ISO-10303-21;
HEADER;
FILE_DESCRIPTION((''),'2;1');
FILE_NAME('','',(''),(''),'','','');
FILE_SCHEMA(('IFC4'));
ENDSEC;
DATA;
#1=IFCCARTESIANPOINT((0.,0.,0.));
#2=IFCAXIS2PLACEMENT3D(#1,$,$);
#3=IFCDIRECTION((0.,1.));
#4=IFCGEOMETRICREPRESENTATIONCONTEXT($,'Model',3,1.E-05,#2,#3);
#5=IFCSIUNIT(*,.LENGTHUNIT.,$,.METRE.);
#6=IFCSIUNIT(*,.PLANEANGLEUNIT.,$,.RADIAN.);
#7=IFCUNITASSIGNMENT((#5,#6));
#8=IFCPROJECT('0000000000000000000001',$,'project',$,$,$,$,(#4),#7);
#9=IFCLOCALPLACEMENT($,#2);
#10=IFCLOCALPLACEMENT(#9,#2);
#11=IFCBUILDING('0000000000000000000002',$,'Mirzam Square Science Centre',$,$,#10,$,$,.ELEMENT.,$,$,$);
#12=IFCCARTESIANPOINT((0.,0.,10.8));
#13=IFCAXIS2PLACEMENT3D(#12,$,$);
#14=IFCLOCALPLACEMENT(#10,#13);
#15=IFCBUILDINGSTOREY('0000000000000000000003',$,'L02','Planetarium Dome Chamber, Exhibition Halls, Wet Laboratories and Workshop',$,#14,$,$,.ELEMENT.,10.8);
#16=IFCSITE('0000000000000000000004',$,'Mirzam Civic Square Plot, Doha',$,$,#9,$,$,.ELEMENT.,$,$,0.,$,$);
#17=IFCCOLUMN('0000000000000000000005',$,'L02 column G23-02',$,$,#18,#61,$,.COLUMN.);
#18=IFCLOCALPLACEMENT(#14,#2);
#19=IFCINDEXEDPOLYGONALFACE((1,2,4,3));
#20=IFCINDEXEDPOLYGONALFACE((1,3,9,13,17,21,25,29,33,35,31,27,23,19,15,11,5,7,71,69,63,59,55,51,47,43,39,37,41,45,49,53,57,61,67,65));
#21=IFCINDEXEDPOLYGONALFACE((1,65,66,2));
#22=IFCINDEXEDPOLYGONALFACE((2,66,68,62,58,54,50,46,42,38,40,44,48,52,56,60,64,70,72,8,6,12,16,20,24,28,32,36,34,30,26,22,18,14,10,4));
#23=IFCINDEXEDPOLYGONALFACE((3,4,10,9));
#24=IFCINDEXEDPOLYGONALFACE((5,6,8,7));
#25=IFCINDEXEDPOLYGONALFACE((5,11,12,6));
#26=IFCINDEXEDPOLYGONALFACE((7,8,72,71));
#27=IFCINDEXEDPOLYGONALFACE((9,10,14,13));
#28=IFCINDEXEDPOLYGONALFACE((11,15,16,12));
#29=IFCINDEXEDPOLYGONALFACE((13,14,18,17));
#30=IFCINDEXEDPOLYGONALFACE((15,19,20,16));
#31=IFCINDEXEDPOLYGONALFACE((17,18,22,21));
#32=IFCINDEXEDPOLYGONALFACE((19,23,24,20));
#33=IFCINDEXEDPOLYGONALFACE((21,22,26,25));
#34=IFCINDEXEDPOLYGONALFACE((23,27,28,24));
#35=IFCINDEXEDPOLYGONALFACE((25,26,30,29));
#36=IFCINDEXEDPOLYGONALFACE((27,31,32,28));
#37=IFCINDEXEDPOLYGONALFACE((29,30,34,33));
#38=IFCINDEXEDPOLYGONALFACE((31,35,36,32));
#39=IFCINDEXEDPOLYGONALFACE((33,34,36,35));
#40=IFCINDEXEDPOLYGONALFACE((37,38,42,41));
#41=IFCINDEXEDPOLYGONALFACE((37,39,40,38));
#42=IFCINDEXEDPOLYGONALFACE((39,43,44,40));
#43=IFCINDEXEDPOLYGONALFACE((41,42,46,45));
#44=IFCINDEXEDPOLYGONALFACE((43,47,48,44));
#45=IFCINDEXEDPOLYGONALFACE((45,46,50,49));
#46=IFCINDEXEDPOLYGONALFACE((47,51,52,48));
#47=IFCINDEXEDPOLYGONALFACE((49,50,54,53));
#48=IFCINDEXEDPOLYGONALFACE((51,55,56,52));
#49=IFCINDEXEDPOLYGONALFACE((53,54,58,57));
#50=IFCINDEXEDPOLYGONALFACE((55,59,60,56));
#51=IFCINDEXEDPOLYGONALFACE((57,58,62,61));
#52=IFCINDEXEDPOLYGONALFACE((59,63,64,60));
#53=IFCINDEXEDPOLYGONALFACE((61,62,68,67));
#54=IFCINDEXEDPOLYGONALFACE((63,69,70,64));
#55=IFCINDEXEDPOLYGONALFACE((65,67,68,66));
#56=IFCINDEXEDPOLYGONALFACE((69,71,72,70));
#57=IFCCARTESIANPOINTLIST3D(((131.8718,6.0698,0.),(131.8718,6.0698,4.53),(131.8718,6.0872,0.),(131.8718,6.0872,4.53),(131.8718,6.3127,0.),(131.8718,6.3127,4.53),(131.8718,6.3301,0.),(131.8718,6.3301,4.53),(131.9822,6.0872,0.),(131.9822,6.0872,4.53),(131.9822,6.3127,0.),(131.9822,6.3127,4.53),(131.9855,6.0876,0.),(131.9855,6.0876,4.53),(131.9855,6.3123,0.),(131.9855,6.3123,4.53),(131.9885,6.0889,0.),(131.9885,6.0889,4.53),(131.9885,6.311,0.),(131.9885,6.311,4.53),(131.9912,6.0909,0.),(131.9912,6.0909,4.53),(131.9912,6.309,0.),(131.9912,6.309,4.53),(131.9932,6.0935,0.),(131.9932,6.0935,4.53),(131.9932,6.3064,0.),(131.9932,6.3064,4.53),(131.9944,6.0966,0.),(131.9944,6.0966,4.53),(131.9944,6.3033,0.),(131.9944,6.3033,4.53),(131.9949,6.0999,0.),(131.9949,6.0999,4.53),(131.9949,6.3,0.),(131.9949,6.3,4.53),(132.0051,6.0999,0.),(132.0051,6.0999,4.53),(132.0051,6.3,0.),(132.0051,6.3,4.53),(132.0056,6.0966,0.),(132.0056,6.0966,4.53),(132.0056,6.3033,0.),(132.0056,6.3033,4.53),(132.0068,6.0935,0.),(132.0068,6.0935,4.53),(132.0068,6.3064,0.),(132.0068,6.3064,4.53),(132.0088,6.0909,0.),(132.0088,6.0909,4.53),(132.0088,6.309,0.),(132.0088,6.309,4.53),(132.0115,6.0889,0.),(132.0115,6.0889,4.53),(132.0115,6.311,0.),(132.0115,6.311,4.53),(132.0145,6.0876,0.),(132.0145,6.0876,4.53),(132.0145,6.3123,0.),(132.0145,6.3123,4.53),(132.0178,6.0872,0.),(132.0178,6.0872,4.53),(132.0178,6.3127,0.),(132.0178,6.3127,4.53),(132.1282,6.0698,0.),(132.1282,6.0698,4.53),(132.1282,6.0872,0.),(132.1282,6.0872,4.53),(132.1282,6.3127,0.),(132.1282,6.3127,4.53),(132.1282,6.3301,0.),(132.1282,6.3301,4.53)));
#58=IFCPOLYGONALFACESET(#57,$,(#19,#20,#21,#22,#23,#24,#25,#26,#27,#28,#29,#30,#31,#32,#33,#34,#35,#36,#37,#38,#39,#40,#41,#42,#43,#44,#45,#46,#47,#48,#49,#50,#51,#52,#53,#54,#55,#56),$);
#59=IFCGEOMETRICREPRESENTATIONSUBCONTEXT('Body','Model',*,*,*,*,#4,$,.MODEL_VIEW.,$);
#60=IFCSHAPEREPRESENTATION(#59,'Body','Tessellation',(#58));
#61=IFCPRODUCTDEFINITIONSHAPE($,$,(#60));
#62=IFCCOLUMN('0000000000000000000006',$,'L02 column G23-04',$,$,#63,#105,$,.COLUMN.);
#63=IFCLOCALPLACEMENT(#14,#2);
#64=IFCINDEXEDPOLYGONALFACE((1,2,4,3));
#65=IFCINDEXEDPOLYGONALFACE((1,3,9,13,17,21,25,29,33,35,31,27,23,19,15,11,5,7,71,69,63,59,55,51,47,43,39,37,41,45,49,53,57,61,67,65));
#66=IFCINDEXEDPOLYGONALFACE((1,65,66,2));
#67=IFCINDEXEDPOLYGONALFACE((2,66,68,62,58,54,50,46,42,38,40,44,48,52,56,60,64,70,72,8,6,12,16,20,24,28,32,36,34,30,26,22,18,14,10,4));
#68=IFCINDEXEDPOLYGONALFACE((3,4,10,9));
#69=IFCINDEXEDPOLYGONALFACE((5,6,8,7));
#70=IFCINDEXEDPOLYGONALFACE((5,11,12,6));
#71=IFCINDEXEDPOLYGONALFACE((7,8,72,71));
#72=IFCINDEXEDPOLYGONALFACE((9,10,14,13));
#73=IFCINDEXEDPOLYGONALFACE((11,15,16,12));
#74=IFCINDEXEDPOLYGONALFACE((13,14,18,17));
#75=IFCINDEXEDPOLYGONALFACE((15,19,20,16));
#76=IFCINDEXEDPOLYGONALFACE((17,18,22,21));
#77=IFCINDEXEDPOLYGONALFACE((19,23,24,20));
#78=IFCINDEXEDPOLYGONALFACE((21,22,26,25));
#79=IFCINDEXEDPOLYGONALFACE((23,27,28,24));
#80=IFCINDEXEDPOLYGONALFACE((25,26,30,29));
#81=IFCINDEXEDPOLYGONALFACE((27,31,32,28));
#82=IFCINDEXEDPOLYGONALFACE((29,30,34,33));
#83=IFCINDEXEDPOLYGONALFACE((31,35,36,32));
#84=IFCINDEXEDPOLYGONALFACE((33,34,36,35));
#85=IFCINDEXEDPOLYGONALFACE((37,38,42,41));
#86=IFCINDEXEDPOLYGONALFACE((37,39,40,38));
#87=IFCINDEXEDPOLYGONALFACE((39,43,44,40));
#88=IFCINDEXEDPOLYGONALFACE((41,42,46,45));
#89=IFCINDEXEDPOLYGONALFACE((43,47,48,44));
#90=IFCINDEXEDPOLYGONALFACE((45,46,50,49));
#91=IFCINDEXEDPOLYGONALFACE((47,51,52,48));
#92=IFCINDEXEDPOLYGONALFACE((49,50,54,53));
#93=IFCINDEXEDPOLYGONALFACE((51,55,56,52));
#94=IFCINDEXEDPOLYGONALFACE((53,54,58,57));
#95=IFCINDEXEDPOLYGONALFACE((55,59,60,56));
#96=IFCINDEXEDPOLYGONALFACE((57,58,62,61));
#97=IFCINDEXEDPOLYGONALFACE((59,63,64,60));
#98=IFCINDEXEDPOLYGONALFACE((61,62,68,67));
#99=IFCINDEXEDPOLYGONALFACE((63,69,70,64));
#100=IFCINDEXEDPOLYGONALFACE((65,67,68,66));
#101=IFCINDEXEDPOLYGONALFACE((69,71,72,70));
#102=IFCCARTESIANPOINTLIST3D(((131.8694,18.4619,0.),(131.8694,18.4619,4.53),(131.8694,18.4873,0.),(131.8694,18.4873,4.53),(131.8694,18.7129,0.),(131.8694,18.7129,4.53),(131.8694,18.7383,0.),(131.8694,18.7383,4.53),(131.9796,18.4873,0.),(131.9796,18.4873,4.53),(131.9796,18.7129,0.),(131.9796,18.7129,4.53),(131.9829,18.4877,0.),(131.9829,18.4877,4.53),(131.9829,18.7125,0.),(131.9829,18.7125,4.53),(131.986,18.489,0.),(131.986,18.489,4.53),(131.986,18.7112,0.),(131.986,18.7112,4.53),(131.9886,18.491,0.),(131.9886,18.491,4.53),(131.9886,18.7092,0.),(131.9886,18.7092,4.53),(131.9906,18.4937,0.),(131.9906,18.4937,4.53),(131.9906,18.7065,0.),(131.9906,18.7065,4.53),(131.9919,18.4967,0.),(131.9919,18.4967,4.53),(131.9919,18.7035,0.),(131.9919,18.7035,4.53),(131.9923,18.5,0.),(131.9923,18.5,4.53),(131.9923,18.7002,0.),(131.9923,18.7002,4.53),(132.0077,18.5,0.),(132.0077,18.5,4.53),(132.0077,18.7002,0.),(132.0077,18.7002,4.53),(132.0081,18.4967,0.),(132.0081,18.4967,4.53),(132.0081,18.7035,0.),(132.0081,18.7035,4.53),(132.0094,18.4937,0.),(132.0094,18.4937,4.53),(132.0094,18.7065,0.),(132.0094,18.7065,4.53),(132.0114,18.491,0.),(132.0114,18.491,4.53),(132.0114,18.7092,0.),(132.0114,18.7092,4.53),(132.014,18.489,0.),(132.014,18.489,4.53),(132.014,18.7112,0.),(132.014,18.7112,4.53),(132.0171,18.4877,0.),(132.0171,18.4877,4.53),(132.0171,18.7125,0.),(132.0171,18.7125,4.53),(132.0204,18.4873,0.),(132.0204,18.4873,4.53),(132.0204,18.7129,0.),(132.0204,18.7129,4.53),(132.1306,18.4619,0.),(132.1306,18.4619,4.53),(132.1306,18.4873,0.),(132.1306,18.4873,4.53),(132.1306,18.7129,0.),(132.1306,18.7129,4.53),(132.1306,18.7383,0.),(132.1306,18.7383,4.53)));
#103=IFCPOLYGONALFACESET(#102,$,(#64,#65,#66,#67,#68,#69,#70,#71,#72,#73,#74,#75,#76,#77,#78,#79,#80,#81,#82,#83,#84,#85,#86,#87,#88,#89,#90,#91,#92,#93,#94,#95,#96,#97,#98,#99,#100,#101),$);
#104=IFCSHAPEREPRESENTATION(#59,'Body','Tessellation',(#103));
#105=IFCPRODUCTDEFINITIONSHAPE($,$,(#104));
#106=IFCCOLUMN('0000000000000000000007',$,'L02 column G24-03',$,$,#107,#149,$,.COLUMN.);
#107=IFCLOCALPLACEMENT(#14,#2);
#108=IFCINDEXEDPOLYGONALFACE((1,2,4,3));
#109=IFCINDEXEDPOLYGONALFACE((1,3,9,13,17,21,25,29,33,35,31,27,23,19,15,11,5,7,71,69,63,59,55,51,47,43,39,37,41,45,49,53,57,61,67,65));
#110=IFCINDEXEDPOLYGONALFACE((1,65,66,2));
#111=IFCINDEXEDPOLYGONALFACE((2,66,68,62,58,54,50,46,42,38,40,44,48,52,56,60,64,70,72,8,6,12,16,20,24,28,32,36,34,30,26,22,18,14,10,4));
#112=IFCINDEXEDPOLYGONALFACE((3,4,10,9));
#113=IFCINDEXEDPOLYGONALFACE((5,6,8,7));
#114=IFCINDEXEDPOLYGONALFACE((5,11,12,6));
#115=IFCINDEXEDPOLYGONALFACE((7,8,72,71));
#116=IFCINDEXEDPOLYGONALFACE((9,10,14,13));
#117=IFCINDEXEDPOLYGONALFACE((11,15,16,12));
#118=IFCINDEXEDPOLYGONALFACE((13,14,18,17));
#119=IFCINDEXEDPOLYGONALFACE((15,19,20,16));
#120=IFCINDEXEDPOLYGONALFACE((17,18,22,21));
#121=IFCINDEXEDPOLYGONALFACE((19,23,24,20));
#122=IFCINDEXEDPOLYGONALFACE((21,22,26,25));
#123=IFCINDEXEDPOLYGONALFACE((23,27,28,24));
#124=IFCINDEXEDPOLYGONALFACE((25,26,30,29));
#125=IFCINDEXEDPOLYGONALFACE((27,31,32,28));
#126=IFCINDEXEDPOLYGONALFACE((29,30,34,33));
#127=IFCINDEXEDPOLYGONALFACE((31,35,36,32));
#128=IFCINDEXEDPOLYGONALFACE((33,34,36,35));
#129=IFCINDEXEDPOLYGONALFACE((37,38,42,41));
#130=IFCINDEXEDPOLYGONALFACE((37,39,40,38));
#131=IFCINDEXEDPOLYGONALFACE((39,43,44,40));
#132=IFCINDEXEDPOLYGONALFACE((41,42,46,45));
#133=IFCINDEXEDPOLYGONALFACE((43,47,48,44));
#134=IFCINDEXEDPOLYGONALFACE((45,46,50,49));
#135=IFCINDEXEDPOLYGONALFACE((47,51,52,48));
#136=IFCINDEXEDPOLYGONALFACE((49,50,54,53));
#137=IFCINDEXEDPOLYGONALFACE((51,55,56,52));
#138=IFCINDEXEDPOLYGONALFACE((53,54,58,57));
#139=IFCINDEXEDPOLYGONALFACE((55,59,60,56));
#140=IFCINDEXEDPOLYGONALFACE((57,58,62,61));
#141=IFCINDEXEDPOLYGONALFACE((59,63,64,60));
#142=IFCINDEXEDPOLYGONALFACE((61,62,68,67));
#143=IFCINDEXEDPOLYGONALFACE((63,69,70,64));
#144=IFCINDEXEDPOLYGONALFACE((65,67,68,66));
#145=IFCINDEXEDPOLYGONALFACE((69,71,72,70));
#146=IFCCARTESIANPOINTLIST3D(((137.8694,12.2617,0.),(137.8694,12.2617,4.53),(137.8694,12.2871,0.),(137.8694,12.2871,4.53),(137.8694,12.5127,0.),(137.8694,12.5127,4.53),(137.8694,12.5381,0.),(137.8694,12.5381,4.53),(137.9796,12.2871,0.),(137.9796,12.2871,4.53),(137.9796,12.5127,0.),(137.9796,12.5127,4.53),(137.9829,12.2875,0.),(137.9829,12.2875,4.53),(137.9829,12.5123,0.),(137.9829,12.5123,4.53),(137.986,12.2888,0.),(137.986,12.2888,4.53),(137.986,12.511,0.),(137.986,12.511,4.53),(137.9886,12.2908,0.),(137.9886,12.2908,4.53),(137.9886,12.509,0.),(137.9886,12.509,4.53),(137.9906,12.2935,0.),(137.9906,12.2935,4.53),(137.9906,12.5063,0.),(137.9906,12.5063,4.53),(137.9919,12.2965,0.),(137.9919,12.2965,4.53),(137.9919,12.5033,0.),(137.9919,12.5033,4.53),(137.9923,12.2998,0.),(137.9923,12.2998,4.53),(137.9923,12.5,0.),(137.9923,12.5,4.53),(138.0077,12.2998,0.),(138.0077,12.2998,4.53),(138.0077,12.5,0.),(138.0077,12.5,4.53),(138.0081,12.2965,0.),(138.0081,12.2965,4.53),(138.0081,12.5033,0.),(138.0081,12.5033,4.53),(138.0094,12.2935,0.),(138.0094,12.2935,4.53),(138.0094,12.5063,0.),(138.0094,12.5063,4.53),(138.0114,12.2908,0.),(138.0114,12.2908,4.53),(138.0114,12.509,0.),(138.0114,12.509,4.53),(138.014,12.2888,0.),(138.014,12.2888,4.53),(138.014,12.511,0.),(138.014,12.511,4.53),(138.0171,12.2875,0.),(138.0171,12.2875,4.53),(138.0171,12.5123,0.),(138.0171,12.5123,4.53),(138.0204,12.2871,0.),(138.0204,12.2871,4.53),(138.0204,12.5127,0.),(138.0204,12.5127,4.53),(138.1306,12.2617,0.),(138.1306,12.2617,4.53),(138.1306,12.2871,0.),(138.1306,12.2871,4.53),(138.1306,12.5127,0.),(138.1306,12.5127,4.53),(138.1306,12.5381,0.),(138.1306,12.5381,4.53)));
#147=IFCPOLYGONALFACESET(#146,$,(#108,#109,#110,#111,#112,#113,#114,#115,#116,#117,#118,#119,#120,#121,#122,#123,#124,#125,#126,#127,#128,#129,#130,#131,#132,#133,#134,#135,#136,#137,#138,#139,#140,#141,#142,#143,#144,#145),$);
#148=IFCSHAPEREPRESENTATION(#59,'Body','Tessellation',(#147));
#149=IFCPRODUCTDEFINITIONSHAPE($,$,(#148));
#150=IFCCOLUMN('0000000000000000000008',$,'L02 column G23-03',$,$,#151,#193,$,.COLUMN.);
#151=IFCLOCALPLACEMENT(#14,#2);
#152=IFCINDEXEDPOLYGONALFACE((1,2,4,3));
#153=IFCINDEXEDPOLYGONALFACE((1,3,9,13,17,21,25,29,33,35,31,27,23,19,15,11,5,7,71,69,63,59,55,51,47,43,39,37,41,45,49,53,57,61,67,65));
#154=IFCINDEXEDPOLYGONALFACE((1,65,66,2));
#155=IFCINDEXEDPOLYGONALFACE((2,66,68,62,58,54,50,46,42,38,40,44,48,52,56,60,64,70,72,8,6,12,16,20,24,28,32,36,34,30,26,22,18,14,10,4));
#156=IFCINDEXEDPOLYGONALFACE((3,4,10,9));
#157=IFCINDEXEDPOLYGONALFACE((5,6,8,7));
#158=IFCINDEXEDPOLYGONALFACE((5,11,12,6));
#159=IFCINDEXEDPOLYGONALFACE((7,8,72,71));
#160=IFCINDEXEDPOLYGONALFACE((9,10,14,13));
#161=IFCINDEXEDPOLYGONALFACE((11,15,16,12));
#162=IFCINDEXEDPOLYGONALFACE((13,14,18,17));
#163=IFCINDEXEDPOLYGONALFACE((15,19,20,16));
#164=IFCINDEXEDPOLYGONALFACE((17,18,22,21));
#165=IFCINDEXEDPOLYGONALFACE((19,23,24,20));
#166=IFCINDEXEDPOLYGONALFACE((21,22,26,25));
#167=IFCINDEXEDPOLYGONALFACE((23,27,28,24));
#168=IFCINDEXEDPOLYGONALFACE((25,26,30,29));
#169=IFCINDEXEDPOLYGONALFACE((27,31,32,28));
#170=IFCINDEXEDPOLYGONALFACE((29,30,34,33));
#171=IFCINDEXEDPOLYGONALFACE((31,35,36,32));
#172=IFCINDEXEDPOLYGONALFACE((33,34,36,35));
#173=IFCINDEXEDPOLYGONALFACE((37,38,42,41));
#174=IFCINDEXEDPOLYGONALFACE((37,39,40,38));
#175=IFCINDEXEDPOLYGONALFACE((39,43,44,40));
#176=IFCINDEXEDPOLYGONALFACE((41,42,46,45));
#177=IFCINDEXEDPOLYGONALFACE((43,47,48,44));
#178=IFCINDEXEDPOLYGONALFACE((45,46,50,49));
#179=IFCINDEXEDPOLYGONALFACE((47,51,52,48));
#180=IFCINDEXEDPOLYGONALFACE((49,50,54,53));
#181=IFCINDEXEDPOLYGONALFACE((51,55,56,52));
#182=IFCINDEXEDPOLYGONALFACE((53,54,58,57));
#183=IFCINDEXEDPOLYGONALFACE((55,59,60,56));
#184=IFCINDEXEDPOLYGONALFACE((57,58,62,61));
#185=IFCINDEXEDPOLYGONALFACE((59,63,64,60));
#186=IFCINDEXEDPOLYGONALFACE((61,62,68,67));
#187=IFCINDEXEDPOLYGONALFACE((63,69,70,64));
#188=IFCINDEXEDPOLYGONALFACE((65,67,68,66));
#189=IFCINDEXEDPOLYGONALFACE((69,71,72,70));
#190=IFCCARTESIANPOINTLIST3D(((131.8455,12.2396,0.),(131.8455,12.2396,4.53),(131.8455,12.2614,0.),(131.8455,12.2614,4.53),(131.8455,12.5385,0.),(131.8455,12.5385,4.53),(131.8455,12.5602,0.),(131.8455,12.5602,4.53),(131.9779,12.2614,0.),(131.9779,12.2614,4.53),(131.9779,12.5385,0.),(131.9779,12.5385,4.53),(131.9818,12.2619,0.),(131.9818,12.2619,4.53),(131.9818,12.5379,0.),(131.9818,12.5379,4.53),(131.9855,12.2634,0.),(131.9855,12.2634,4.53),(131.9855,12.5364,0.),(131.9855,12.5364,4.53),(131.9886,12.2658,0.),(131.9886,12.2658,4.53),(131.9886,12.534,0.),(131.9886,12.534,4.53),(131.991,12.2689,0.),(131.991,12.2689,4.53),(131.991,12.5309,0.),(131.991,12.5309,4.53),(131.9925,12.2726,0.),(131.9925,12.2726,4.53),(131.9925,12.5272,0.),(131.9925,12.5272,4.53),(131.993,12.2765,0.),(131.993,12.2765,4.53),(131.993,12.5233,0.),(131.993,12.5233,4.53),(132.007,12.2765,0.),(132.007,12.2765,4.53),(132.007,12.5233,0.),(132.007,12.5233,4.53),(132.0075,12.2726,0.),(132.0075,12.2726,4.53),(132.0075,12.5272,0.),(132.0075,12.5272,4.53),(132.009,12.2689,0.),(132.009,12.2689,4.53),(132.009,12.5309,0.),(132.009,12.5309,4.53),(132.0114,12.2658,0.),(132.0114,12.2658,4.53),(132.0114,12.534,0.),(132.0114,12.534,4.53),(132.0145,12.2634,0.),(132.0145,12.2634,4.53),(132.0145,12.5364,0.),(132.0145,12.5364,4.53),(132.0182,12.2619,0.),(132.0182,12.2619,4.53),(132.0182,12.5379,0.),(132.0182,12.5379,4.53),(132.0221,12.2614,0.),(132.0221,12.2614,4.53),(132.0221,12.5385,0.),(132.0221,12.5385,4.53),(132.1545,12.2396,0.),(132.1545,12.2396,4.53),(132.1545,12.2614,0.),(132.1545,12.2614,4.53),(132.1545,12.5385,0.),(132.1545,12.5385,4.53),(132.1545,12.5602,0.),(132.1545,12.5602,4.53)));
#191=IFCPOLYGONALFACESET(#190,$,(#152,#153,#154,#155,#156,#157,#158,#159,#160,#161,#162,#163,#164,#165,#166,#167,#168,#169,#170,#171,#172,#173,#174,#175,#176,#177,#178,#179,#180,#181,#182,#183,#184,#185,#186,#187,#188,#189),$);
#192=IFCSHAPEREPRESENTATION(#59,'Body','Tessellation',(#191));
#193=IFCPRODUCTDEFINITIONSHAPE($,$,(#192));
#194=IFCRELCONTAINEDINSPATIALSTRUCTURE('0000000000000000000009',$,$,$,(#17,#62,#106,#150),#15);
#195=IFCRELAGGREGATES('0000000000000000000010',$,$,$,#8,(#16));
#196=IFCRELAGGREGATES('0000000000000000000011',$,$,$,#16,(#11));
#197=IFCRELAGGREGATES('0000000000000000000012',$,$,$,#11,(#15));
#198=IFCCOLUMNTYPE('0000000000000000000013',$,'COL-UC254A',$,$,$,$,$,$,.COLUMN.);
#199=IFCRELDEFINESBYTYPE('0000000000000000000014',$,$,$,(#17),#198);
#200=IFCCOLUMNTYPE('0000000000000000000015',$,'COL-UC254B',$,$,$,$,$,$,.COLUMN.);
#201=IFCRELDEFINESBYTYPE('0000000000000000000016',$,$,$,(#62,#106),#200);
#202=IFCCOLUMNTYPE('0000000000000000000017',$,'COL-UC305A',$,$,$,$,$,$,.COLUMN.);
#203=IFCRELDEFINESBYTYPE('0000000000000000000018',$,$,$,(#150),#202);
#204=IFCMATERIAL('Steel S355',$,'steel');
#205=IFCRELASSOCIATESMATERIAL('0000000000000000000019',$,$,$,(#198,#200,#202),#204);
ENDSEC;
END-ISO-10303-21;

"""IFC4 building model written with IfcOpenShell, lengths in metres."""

from ifc_helpers import new_model, si_unit, direction, frame, origin, origin_2d, place, context, subcontext, project, spatial, i_section, extrude, material, material_profile, profile_set, type_object, element, save


model = new_model("IFC4")

# Units and contexts
model_context = context("Model", 3, precision=1e-05, world=origin(), true_north=direction((0.0, 1.0)))
body_context = subcontext(model_context, "Body", "Model", "MODEL_VIEW")
ifc_project = project(units=[si_unit("LENGTHUNIT", "METRE"), si_unit("PLANEANGLEUNIT", "RADIAN")], contexts=[model_context])

# Site, building, storey
site_placement = place(None, origin())
site = spatial("IfcSite", under=ifc_project, at=site_placement, Name="Mirzam Civic Square Plot, Doha", CompositionType="ELEMENT", RefElevation=0.0)
building_placement = place(site_placement, origin())
building = spatial("IfcBuilding", under=site, at=building_placement, Name="Mirzam Square Science Centre", CompositionType="ELEMENT")
storey_placement = place(building_placement, frame((0.0, 0.0, 10.8)))
storey = spatial("IfcBuildingStorey", under=building, at=storey_placement, Name="L02", Description="Planetarium Dome Chamber, Exhibition Halls, Wet Laboratories and Workshop", CompositionType="ELEMENT", Elevation=10.8)

# Columns
ifc_material_1 = material(Name="Steel S355", Category="steel")
ifc_material_profile_1 = material_profile(ifc_material_1, i_section(OverallWidth=0.2563, OverallDepth=0.2603, WebThickness=0.0103, FlangeThickness=0.0173, FilletRadius=0.0127, at=origin_2d()), Name="254x254x89UC")
ifc_profile_set_1 = profile_set([ifc_material_profile_1], Name="Steel S355")
column_type_1 = type_object("IfcColumnType", Name="COL-UC254A", PredefinedType="COLUMN", material=ifc_profile_set_1)
column_placement = place(storey_placement, frame((132.0, 6.2, 0.0), z_axis=(0.0, 0.0, 1.0), x_axis=(1.0, 0.0, 0.0)))
element("IfcColumn", 1, at=column_placement, inside=storey, type_object=column_type_1, Name="L02 column G23-02", PredefinedType="COLUMN", context=body_context, shape_type="SweptSolid", body=[
    extrude(i_section(OverallWidth=0.2563, OverallDepth=0.2603, WebThickness=0.0103, FlangeThickness=0.0173, FilletRadius=0.0127, at=origin_2d()), origin(), (0.0, 0.0, 1.0), 4.53),
])
ifc_material_profile_2 = material_profile(ifc_material_1, i_section(OverallWidth=0.2612, OverallDepth=0.2764, WebThickness=0.0154, FlangeThickness=0.0254, FilletRadius=0.0127, at=origin_2d()), Name="254x254x132UC")
ifc_profile_set_2 = profile_set([ifc_material_profile_2], Name="Steel S355")
column_type_2 = type_object("IfcColumnType", Name="COL-UC254B", PredefinedType="COLUMN", material=ifc_profile_set_2)
for number, where, z_axis, x_axis, name in (
    (2, (132.0, 18.6001, 0.0), (0.0, 0.0, 1.0), (1.0, 0.0, 0.0), "L02 column G23-04"),
    (3, (138.0, 12.3999, 0.0), (0.0, 0.0, 1.0), (1.0, 0.0, 0.0), "L02 column G24-03"),
):
    element("IfcColumn", number, at=place(storey_placement, frame(where, z_axis=z_axis, x_axis=x_axis)), inside=storey, type_object=column_type_2, Name=name, PredefinedType="COLUMN", context=body_context, shape_type="SweptSolid", body=[
        extrude(i_section(OverallWidth=0.2612, OverallDepth=0.2764, WebThickness=0.0154, FlangeThickness=0.0254, FilletRadius=0.0127, at=origin_2d()), origin(), (0.0, 0.0, 1.0), 4.53),
    ])
ifc_material_profile_3 = material_profile(ifc_material_1, i_section(OverallWidth=0.3091, OverallDepth=0.3206, WebThickness=0.0139, FlangeThickness=0.0217, FilletRadius=0.0151, at=origin_2d()), Name="305x305x137UC")
ifc_profile_set_3 = profile_set([ifc_material_profile_3], Name="Steel S355")
column_type_3 = type_object("IfcColumnType", Name="COL-UC305A", PredefinedType="COLUMN", material=ifc_profile_set_3)
for number, where, z_axis, x_axis, name in (
    (4, (132.0, 12.3999, 0.0), (0.0, 0.0, 1.0), (1.0, 0.0, 0.0), "L02 column G23-03"),
):
    element("IfcColumn", number, at=place(storey_placement, frame(where, z_axis=z_axis, x_axis=x_axis)), inside=storey, type_object=column_type_3, Name=name, PredefinedType="COLUMN", context=body_context, shape_type="SweptSolid", body=[
        extrude(i_section(OverallWidth=0.3091, OverallDepth=0.3206, WebThickness=0.0139, FlangeThickness=0.0217, FilletRadius=0.0151, at=origin_2d()), origin(), (0.0, 0.0, 1.0), 4.53),
    ])

save(model, "model.ifc")
